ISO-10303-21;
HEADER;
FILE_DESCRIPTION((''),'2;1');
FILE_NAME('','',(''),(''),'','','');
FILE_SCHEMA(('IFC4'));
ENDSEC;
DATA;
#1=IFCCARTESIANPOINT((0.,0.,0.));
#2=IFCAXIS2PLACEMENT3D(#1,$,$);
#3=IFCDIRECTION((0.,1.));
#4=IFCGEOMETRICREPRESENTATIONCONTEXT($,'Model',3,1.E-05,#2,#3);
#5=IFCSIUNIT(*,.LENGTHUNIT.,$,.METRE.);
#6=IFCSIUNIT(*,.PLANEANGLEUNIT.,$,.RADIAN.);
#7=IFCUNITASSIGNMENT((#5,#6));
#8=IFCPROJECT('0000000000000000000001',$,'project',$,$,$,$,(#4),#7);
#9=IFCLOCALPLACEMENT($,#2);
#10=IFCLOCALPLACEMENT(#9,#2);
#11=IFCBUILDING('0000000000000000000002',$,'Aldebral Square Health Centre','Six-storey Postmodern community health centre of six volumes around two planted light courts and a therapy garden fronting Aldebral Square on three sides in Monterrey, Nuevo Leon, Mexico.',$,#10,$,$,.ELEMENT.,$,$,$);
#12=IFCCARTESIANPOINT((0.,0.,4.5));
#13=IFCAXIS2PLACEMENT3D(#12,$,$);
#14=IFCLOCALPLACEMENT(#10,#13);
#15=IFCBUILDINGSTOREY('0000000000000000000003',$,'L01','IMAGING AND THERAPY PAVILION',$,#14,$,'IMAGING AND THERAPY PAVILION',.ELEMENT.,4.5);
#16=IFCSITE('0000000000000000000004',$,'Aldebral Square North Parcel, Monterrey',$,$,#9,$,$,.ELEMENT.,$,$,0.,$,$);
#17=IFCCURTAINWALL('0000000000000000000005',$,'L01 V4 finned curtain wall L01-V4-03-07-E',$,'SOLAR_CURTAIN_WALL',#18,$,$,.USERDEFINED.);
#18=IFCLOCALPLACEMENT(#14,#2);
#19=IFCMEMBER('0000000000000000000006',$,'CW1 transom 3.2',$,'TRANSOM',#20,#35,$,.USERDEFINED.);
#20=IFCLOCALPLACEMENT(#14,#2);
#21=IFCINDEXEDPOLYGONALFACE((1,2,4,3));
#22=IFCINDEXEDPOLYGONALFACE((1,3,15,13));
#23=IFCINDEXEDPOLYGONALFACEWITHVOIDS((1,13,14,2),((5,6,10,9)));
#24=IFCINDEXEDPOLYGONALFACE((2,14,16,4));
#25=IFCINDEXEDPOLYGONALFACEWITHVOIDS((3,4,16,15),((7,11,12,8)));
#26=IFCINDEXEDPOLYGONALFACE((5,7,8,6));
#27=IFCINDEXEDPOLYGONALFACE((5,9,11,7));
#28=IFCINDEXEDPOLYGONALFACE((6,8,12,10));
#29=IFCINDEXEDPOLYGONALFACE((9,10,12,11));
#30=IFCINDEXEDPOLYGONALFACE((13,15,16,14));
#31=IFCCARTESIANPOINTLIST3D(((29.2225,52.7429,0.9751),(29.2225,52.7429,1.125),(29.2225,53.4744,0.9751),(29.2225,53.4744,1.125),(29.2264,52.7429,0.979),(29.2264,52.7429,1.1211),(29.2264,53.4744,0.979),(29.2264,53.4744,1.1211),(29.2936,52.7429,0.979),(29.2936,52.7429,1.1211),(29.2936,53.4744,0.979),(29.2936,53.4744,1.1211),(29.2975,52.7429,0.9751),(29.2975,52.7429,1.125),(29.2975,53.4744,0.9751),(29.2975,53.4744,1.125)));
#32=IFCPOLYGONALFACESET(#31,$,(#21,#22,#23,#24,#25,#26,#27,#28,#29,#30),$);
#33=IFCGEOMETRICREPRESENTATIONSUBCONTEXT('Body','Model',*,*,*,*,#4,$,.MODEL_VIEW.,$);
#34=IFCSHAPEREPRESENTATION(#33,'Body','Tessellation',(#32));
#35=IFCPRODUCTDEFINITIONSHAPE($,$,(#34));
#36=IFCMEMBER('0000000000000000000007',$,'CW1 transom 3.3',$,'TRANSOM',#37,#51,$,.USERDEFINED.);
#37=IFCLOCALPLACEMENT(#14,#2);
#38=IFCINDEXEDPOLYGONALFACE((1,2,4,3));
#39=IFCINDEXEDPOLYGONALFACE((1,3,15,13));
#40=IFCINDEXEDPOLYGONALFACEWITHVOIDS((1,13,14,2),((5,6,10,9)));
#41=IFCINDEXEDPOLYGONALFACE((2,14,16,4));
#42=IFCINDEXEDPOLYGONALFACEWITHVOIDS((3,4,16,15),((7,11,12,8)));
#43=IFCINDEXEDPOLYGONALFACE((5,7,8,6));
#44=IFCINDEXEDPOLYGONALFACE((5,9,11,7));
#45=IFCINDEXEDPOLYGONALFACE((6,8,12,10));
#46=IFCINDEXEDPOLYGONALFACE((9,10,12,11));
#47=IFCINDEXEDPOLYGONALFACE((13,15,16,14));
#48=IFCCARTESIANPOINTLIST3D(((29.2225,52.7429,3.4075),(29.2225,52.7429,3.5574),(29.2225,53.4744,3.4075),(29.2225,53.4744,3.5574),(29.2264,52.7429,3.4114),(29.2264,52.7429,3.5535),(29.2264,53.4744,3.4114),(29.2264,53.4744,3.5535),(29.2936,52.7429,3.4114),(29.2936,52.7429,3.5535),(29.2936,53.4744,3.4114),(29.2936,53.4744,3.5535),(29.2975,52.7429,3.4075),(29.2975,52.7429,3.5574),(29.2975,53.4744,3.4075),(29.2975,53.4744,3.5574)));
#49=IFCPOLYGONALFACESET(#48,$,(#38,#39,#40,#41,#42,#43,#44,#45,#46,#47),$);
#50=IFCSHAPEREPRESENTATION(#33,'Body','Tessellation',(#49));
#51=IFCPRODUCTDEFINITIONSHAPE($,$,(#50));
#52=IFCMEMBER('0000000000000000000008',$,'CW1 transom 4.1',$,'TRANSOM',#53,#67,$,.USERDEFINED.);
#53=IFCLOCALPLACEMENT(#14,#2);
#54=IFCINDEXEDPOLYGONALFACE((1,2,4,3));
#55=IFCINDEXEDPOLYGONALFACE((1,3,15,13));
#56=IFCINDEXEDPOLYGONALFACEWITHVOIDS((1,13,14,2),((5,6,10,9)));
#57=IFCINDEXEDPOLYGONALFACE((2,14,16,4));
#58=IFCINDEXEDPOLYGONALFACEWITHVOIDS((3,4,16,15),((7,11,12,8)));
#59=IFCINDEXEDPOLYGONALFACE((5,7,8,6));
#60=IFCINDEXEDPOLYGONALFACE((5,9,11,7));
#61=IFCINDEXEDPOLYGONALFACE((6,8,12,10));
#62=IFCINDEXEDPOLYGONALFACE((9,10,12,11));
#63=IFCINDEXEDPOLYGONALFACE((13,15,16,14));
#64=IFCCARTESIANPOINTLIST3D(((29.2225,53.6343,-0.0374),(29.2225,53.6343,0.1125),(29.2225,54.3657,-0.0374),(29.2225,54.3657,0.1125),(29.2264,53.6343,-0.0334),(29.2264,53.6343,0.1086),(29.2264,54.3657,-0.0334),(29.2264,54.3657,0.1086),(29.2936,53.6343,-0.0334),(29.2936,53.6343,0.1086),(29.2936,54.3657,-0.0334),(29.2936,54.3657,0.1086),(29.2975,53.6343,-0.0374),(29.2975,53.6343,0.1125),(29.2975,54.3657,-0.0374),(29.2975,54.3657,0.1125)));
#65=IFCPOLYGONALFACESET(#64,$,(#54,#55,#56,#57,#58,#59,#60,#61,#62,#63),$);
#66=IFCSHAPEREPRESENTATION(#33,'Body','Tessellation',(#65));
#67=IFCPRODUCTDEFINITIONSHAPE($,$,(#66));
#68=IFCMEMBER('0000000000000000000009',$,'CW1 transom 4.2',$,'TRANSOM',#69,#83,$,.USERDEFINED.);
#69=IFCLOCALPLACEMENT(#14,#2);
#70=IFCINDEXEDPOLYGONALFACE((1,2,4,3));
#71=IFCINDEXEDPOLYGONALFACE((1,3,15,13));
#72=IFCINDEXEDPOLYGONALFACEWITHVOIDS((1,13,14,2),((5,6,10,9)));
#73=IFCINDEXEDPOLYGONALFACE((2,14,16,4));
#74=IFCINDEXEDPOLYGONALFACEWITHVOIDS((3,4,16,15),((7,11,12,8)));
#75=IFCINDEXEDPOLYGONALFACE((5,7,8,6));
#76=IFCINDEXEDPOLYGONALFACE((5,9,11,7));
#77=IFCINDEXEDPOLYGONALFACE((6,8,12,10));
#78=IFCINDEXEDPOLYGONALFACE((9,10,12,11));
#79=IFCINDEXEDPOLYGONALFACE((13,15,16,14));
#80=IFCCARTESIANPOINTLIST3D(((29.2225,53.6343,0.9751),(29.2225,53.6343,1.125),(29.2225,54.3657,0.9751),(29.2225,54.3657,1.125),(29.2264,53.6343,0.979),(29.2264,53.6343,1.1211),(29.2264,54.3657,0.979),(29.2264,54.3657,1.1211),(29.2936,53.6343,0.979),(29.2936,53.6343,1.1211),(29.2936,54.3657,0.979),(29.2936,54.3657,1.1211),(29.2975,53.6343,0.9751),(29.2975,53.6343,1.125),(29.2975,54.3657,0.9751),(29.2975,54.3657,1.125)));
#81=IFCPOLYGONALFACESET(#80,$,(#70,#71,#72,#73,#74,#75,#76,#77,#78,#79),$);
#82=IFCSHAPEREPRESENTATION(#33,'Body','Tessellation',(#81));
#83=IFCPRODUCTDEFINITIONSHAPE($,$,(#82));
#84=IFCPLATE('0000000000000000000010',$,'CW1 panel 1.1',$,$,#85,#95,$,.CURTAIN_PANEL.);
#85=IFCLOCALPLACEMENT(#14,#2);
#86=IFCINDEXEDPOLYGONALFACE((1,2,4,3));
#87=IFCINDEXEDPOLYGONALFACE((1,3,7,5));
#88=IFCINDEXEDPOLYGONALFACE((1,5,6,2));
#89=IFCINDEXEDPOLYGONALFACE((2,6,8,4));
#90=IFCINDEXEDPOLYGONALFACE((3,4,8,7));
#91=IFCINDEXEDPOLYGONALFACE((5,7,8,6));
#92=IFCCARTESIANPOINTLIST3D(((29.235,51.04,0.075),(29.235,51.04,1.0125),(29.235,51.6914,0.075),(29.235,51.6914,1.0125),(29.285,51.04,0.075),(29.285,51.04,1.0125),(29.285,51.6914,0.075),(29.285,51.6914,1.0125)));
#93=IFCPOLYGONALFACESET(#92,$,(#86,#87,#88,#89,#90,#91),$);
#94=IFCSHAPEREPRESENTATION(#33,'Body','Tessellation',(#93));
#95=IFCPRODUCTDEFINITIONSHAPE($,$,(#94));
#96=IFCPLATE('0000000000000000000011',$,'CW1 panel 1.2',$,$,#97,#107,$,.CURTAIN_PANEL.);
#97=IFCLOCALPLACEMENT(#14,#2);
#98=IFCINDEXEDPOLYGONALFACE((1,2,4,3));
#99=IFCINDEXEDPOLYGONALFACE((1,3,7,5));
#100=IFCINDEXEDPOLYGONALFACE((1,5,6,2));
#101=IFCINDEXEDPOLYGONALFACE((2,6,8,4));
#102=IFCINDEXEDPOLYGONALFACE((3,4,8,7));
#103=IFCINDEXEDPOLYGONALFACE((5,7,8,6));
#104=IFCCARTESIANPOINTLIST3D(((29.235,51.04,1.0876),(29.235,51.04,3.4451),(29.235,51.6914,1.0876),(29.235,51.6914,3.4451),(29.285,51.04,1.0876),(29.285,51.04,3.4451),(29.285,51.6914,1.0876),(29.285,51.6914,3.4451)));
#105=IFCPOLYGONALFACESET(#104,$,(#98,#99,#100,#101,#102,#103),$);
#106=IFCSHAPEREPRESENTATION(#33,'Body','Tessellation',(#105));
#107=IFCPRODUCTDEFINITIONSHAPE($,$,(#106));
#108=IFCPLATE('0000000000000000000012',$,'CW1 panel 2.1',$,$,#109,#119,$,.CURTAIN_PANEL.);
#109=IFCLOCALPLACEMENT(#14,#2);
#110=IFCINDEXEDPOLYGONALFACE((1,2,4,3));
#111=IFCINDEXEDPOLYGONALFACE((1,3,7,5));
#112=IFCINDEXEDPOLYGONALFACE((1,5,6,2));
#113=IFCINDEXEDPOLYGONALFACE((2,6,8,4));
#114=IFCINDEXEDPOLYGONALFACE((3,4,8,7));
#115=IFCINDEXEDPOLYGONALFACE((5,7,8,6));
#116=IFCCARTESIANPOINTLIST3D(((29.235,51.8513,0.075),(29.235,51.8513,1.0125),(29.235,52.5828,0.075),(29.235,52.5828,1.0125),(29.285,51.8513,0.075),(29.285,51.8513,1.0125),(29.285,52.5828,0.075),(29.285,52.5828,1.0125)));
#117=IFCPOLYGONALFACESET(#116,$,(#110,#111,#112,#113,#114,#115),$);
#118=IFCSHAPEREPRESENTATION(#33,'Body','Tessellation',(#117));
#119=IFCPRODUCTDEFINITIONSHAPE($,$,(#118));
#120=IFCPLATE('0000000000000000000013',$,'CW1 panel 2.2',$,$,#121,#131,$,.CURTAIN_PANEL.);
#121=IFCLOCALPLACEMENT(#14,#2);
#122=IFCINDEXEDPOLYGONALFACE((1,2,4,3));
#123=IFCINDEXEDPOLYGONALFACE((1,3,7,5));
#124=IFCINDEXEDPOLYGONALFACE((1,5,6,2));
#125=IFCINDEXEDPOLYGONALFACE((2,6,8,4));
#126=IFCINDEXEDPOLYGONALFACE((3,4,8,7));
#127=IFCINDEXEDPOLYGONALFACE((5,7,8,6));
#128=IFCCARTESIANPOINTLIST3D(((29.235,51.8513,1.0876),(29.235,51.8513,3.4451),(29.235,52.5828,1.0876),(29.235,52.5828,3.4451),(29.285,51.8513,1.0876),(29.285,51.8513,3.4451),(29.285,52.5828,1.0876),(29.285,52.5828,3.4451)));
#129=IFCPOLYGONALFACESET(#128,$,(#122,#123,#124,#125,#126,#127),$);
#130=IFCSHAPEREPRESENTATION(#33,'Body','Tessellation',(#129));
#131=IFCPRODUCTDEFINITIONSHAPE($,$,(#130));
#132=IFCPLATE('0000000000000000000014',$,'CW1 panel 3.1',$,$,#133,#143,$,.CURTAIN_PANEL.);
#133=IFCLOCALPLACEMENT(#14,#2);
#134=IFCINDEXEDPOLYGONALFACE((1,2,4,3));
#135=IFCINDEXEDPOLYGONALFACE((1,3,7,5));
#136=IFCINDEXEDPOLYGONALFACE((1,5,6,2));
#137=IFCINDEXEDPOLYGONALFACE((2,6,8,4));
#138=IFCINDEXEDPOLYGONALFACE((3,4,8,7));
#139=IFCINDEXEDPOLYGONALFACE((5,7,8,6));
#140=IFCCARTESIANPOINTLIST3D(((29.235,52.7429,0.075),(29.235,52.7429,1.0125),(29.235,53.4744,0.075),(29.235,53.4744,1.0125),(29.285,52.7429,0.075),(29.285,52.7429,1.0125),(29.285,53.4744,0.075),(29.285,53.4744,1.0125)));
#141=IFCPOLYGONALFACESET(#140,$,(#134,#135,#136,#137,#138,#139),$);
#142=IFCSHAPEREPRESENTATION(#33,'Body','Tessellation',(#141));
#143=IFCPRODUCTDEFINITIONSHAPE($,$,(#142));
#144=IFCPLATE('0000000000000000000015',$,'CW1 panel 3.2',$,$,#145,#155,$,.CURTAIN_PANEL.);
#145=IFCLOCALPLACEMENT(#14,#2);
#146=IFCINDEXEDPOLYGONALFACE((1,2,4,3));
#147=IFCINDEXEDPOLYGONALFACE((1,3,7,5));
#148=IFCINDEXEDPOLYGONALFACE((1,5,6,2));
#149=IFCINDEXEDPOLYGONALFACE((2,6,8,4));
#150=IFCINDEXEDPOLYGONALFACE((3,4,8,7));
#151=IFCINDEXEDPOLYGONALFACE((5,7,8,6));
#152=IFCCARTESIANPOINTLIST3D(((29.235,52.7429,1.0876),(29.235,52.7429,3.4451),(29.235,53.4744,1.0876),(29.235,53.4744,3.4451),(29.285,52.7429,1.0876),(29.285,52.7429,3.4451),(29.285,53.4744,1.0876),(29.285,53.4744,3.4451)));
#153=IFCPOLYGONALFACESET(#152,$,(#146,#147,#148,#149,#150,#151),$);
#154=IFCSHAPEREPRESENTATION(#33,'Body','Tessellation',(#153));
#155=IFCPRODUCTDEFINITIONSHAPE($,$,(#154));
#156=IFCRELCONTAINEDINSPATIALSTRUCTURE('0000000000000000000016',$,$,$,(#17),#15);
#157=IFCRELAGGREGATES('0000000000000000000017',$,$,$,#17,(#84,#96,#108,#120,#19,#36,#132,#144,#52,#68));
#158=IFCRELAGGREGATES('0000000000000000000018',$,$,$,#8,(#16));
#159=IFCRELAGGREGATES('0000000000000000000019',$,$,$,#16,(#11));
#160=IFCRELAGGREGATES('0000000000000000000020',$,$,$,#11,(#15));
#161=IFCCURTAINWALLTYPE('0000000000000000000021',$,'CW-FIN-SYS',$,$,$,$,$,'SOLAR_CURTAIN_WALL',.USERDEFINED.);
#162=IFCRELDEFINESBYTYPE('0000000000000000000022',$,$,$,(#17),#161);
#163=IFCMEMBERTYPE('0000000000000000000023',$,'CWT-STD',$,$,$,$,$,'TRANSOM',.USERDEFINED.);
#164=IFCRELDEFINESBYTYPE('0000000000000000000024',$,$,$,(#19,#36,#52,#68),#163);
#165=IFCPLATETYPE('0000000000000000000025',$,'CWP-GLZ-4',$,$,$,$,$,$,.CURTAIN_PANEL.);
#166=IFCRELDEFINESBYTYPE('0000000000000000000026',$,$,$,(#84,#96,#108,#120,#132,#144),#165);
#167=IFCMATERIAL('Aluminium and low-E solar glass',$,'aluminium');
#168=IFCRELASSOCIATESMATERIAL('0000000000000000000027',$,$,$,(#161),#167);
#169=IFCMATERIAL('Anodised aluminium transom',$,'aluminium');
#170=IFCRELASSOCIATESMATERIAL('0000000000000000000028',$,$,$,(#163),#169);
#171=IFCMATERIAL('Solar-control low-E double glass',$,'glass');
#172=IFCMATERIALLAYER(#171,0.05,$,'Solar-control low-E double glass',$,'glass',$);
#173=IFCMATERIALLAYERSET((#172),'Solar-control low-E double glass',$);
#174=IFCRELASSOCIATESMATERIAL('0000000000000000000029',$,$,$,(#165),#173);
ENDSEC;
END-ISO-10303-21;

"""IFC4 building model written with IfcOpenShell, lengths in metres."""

from ifc_helpers import new_model, si_unit, direction, frame, origin, origin_2d, place, context, subcontext, project, spatial, rectangle, hollow_rectangle, extrude, material, layer, layer_set, material_profile, profile_set, type_object, element, aggregate, save


model = new_model("IFC4")

# Units and contexts
model_context = context("Model", 3, precision=1e-05, world=origin(), true_north=direction((0.0, 1.0)))
body_context = subcontext(model_context, "Body", "Model", "MODEL_VIEW")
ifc_project = project(units=[si_unit("LENGTHUNIT", "METRE"), si_unit("PLANEANGLEUNIT", "RADIAN")], contexts=[model_context])

# Site, building, storey
site_placement = place(None, origin())
site = spatial("IfcSite", under=ifc_project, at=site_placement, Name="Aldebral Square North Parcel, Monterrey", CompositionType="ELEMENT", RefElevation=0.0)
building_placement = place(site_placement, origin())
building = spatial("IfcBuilding", under=site, at=building_placement, Name="Aldebral Square Health Centre", Description="Six-storey Postmodern community health centre of six volumes around two planted light courts and a therapy garden fronting Aldebral Square on three sides in Monterrey, Nuevo Leon, Mexico.", CompositionType="ELEMENT")
storey_placement = place(building_placement, frame((0.0, 0.0, 4.5)))
storey = spatial("IfcBuildingStorey", under=building, at=storey_placement, Name="L01", Description="IMAGING AND THERAPY PAVILION", LongName="IMAGING AND THERAPY PAVILION", CompositionType="ELEMENT", Elevation=4.5)

# Curtain wall, members, plates
ifc_material_1 = material(Name="Aluminium and low-E solar glass", Category="aluminium")
curtain_wall_type = type_object("IfcCurtainWallType", Name="CW-FIN-SYS", ElementType="SOLAR_CURTAIN_WALL", PredefinedType="USERDEFINED", material=ifc_material_1)
curtain_wall_placement = place(storey_placement, origin())
curtain_wall = element("IfcCurtainWall", 1, at=curtain_wall_placement, inside=storey, type_object=curtain_wall_type, Name="L01 V4 finned curtain wall L01-V4-03-07-E", ObjectType="SOLAR_CURTAIN_WALL", PredefinedType="USERDEFINED")
ifc_material_2 = material(Name="Anodised aluminium transom", Category="aluminium")
ifc_material_profile_1 = material_profile(ifc_material_2, hollow_rectangle(XDim=0.075, YDim=0.1499, WallThickness=0.0039, at=origin_2d()), Name="CWT 75x150x4")
ifc_profile_set_1 = profile_set([ifc_material_profile_1], Name="Anodised aluminium transom")
member_type_1 = type_object("IfcMemberType", Name="CWT-STD", ElementType="TRANSOM", PredefinedType="USERDEFINED", material=ifc_profile_set_1)
member_1_placement = place(storey_placement, frame((29.26, 52.7429, 1.05), z_axis=(0.0, 1.0, 0.0), x_axis=(-1.0, 0.0, 0.0)))
member_1 = element("IfcMember", 2, at=member_1_placement, type_object=member_type_1, Name="CW1 transom 3.2", ObjectType="TRANSOM", PredefinedType="USERDEFINED", context=body_context, shape_type="SweptSolid", body=[
    extrude(hollow_rectangle(XDim=0.075, YDim=0.1499, WallThickness=0.0039, at=origin_2d()), origin(), (0.0, 0.0, 1.0), 0.7314),
])
member_2_placement = place(storey_placement, frame((29.26, 52.7429, 3.4824), z_axis=(0.0, 1.0, 0.0), x_axis=(-1.0, 0.0, 0.0)))
member_2 = element("IfcMember", 3, at=member_2_placement, type_object=member_type_1, Name="CW1 transom 3.3", ObjectType="TRANSOM", PredefinedType="USERDEFINED", context=body_context, shape_type="SweptSolid", body=[
    extrude(hollow_rectangle(XDim=0.075, YDim=0.1499, WallThickness=0.0039, at=origin_2d()), origin(), (0.0, 0.0, 1.0), 0.7314),
])
member_3_placement = place(storey_placement, frame((29.26, 53.6343, 0.0376), z_axis=(0.0, 1.0, 0.0), x_axis=(-1.0, 0.0, 0.0)))
member_3 = element("IfcMember", 4, at=member_3_placement, type_object=member_type_1, Name="CW1 transom 4.1", ObjectType="TRANSOM", PredefinedType="USERDEFINED", context=body_context, shape_type="SweptSolid", body=[
    extrude(hollow_rectangle(XDim=0.075, YDim=0.1499, WallThickness=0.0039, at=origin_2d()), origin(), (0.0, 0.0, 1.0), 0.7314),
])
member_4_placement = place(storey_placement, frame((29.26, 53.6343, 1.05), z_axis=(0.0, 1.0, 0.0), x_axis=(-1.0, 0.0, 0.0)))
member_4 = element("IfcMember", 5, at=member_4_placement, type_object=member_type_1, Name="CW1 transom 4.2", ObjectType="TRANSOM", PredefinedType="USERDEFINED", context=body_context, shape_type="SweptSolid", body=[
    extrude(hollow_rectangle(XDim=0.075, YDim=0.1499, WallThickness=0.0039, at=origin_2d()), origin(), (0.0, 0.0, 1.0), 0.7314),
])
ifc_material_3 = material(Name="Solar-control low-E double glass", Category="glass")
ifc_layer = layer(ifc_material_3, 0.05, Name="Solar-control low-E double glass", Category="glass")
ifc_layer_set = layer_set([ifc_layer], Name="Solar-control low-E double glass")
plate_type = type_object("IfcPlateType", Name="CWP-GLZ-4", PredefinedType="CURTAIN_PANEL", material=ifc_layer_set)
plate_1_placement = place(storey_placement, frame((29.26, 51.3657, 0.075), z_axis=(0.0, 0.0, 1.0), x_axis=(0.0, 1.0, 0.0)))
plate_1 = element("IfcPlate", 6, at=plate_1_placement, type_object=plate_type, Name="CW1 panel 1.1", PredefinedType="CURTAIN_PANEL", context=body_context, shape_type="SweptSolid", body=[
    extrude(rectangle(XDim=0.6514, YDim=0.05, at=origin_2d()), origin(), (0.0, 0.0, 1.0), 0.9375),
])
plate_2_placement = place(storey_placement, frame((29.26, 51.3657, 1.0876), z_axis=(0.0, 0.0, 1.0), x_axis=(0.0, 1.0, 0.0)))
plate_2 = element("IfcPlate", 7, at=plate_2_placement, type_object=plate_type, Name="CW1 panel 1.2", PredefinedType="CURTAIN_PANEL", context=body_context, shape_type="SweptSolid", body=[
    extrude(rectangle(XDim=0.6514, YDim=0.05, at=origin_2d()), origin(), (0.0, 0.0, 1.0), 2.3574),
])
plate_3_placement = place(storey_placement, frame((29.26, 52.217, 0.075), z_axis=(0.0, 0.0, 1.0), x_axis=(0.0, 1.0, 0.0)))
plate_3 = element("IfcPlate", 8, at=plate_3_placement, type_object=plate_type, Name="CW1 panel 2.1", PredefinedType="CURTAIN_PANEL", context=body_context, shape_type="SweptSolid", body=[
    extrude(rectangle(XDim=0.7314, YDim=0.05, at=origin_2d()), origin(), (0.0, 0.0, 1.0), 0.9375),
])
plate_4_placement = place(storey_placement, frame((29.26, 52.217, 1.0876), z_axis=(0.0, 0.0, 1.0), x_axis=(0.0, 1.0, 0.0)))
plate_4 = element("IfcPlate", 9, at=plate_4_placement, type_object=plate_type, Name="CW1 panel 2.2", PredefinedType="CURTAIN_PANEL", context=body_context, shape_type="SweptSolid", body=[
    extrude(rectangle(XDim=0.7314, YDim=0.05, at=origin_2d()), origin(), (0.0, 0.0, 1.0), 2.3574),
])
plate_5_placement = place(storey_placement, frame((29.26, 53.1086, 0.075), z_axis=(0.0, 0.0, 1.0), x_axis=(0.0, 1.0, 0.0)))
plate_5 = element("IfcPlate", 10, at=plate_5_placement, type_object=plate_type, Name="CW1 panel 3.1", PredefinedType="CURTAIN_PANEL", context=body_context, shape_type="SweptSolid", body=[
    extrude(rectangle(XDim=0.7314, YDim=0.05, at=origin_2d()), origin(), (0.0, 0.0, 1.0), 0.9375),
])
plate_6_placement = place(storey_placement, frame((29.26, 53.1086, 1.0876), z_axis=(0.0, 0.0, 1.0), x_axis=(0.0, 1.0, 0.0)))
plate_6 = element("IfcPlate", 11, at=plate_6_placement, type_object=plate_type, Name="CW1 panel 3.2", PredefinedType="CURTAIN_PANEL", context=body_context, shape_type="SweptSolid", body=[
    extrude(rectangle(XDim=0.7314, YDim=0.05, at=origin_2d()), origin(), (0.0, 0.0, 1.0), 2.3574),
])
aggregate(curtain_wall, [plate_1, plate_2, plate_3, plate_4, member_1, member_2, plate_5, plate_6, member_3, member_4])

save(model, "model.ifc")
